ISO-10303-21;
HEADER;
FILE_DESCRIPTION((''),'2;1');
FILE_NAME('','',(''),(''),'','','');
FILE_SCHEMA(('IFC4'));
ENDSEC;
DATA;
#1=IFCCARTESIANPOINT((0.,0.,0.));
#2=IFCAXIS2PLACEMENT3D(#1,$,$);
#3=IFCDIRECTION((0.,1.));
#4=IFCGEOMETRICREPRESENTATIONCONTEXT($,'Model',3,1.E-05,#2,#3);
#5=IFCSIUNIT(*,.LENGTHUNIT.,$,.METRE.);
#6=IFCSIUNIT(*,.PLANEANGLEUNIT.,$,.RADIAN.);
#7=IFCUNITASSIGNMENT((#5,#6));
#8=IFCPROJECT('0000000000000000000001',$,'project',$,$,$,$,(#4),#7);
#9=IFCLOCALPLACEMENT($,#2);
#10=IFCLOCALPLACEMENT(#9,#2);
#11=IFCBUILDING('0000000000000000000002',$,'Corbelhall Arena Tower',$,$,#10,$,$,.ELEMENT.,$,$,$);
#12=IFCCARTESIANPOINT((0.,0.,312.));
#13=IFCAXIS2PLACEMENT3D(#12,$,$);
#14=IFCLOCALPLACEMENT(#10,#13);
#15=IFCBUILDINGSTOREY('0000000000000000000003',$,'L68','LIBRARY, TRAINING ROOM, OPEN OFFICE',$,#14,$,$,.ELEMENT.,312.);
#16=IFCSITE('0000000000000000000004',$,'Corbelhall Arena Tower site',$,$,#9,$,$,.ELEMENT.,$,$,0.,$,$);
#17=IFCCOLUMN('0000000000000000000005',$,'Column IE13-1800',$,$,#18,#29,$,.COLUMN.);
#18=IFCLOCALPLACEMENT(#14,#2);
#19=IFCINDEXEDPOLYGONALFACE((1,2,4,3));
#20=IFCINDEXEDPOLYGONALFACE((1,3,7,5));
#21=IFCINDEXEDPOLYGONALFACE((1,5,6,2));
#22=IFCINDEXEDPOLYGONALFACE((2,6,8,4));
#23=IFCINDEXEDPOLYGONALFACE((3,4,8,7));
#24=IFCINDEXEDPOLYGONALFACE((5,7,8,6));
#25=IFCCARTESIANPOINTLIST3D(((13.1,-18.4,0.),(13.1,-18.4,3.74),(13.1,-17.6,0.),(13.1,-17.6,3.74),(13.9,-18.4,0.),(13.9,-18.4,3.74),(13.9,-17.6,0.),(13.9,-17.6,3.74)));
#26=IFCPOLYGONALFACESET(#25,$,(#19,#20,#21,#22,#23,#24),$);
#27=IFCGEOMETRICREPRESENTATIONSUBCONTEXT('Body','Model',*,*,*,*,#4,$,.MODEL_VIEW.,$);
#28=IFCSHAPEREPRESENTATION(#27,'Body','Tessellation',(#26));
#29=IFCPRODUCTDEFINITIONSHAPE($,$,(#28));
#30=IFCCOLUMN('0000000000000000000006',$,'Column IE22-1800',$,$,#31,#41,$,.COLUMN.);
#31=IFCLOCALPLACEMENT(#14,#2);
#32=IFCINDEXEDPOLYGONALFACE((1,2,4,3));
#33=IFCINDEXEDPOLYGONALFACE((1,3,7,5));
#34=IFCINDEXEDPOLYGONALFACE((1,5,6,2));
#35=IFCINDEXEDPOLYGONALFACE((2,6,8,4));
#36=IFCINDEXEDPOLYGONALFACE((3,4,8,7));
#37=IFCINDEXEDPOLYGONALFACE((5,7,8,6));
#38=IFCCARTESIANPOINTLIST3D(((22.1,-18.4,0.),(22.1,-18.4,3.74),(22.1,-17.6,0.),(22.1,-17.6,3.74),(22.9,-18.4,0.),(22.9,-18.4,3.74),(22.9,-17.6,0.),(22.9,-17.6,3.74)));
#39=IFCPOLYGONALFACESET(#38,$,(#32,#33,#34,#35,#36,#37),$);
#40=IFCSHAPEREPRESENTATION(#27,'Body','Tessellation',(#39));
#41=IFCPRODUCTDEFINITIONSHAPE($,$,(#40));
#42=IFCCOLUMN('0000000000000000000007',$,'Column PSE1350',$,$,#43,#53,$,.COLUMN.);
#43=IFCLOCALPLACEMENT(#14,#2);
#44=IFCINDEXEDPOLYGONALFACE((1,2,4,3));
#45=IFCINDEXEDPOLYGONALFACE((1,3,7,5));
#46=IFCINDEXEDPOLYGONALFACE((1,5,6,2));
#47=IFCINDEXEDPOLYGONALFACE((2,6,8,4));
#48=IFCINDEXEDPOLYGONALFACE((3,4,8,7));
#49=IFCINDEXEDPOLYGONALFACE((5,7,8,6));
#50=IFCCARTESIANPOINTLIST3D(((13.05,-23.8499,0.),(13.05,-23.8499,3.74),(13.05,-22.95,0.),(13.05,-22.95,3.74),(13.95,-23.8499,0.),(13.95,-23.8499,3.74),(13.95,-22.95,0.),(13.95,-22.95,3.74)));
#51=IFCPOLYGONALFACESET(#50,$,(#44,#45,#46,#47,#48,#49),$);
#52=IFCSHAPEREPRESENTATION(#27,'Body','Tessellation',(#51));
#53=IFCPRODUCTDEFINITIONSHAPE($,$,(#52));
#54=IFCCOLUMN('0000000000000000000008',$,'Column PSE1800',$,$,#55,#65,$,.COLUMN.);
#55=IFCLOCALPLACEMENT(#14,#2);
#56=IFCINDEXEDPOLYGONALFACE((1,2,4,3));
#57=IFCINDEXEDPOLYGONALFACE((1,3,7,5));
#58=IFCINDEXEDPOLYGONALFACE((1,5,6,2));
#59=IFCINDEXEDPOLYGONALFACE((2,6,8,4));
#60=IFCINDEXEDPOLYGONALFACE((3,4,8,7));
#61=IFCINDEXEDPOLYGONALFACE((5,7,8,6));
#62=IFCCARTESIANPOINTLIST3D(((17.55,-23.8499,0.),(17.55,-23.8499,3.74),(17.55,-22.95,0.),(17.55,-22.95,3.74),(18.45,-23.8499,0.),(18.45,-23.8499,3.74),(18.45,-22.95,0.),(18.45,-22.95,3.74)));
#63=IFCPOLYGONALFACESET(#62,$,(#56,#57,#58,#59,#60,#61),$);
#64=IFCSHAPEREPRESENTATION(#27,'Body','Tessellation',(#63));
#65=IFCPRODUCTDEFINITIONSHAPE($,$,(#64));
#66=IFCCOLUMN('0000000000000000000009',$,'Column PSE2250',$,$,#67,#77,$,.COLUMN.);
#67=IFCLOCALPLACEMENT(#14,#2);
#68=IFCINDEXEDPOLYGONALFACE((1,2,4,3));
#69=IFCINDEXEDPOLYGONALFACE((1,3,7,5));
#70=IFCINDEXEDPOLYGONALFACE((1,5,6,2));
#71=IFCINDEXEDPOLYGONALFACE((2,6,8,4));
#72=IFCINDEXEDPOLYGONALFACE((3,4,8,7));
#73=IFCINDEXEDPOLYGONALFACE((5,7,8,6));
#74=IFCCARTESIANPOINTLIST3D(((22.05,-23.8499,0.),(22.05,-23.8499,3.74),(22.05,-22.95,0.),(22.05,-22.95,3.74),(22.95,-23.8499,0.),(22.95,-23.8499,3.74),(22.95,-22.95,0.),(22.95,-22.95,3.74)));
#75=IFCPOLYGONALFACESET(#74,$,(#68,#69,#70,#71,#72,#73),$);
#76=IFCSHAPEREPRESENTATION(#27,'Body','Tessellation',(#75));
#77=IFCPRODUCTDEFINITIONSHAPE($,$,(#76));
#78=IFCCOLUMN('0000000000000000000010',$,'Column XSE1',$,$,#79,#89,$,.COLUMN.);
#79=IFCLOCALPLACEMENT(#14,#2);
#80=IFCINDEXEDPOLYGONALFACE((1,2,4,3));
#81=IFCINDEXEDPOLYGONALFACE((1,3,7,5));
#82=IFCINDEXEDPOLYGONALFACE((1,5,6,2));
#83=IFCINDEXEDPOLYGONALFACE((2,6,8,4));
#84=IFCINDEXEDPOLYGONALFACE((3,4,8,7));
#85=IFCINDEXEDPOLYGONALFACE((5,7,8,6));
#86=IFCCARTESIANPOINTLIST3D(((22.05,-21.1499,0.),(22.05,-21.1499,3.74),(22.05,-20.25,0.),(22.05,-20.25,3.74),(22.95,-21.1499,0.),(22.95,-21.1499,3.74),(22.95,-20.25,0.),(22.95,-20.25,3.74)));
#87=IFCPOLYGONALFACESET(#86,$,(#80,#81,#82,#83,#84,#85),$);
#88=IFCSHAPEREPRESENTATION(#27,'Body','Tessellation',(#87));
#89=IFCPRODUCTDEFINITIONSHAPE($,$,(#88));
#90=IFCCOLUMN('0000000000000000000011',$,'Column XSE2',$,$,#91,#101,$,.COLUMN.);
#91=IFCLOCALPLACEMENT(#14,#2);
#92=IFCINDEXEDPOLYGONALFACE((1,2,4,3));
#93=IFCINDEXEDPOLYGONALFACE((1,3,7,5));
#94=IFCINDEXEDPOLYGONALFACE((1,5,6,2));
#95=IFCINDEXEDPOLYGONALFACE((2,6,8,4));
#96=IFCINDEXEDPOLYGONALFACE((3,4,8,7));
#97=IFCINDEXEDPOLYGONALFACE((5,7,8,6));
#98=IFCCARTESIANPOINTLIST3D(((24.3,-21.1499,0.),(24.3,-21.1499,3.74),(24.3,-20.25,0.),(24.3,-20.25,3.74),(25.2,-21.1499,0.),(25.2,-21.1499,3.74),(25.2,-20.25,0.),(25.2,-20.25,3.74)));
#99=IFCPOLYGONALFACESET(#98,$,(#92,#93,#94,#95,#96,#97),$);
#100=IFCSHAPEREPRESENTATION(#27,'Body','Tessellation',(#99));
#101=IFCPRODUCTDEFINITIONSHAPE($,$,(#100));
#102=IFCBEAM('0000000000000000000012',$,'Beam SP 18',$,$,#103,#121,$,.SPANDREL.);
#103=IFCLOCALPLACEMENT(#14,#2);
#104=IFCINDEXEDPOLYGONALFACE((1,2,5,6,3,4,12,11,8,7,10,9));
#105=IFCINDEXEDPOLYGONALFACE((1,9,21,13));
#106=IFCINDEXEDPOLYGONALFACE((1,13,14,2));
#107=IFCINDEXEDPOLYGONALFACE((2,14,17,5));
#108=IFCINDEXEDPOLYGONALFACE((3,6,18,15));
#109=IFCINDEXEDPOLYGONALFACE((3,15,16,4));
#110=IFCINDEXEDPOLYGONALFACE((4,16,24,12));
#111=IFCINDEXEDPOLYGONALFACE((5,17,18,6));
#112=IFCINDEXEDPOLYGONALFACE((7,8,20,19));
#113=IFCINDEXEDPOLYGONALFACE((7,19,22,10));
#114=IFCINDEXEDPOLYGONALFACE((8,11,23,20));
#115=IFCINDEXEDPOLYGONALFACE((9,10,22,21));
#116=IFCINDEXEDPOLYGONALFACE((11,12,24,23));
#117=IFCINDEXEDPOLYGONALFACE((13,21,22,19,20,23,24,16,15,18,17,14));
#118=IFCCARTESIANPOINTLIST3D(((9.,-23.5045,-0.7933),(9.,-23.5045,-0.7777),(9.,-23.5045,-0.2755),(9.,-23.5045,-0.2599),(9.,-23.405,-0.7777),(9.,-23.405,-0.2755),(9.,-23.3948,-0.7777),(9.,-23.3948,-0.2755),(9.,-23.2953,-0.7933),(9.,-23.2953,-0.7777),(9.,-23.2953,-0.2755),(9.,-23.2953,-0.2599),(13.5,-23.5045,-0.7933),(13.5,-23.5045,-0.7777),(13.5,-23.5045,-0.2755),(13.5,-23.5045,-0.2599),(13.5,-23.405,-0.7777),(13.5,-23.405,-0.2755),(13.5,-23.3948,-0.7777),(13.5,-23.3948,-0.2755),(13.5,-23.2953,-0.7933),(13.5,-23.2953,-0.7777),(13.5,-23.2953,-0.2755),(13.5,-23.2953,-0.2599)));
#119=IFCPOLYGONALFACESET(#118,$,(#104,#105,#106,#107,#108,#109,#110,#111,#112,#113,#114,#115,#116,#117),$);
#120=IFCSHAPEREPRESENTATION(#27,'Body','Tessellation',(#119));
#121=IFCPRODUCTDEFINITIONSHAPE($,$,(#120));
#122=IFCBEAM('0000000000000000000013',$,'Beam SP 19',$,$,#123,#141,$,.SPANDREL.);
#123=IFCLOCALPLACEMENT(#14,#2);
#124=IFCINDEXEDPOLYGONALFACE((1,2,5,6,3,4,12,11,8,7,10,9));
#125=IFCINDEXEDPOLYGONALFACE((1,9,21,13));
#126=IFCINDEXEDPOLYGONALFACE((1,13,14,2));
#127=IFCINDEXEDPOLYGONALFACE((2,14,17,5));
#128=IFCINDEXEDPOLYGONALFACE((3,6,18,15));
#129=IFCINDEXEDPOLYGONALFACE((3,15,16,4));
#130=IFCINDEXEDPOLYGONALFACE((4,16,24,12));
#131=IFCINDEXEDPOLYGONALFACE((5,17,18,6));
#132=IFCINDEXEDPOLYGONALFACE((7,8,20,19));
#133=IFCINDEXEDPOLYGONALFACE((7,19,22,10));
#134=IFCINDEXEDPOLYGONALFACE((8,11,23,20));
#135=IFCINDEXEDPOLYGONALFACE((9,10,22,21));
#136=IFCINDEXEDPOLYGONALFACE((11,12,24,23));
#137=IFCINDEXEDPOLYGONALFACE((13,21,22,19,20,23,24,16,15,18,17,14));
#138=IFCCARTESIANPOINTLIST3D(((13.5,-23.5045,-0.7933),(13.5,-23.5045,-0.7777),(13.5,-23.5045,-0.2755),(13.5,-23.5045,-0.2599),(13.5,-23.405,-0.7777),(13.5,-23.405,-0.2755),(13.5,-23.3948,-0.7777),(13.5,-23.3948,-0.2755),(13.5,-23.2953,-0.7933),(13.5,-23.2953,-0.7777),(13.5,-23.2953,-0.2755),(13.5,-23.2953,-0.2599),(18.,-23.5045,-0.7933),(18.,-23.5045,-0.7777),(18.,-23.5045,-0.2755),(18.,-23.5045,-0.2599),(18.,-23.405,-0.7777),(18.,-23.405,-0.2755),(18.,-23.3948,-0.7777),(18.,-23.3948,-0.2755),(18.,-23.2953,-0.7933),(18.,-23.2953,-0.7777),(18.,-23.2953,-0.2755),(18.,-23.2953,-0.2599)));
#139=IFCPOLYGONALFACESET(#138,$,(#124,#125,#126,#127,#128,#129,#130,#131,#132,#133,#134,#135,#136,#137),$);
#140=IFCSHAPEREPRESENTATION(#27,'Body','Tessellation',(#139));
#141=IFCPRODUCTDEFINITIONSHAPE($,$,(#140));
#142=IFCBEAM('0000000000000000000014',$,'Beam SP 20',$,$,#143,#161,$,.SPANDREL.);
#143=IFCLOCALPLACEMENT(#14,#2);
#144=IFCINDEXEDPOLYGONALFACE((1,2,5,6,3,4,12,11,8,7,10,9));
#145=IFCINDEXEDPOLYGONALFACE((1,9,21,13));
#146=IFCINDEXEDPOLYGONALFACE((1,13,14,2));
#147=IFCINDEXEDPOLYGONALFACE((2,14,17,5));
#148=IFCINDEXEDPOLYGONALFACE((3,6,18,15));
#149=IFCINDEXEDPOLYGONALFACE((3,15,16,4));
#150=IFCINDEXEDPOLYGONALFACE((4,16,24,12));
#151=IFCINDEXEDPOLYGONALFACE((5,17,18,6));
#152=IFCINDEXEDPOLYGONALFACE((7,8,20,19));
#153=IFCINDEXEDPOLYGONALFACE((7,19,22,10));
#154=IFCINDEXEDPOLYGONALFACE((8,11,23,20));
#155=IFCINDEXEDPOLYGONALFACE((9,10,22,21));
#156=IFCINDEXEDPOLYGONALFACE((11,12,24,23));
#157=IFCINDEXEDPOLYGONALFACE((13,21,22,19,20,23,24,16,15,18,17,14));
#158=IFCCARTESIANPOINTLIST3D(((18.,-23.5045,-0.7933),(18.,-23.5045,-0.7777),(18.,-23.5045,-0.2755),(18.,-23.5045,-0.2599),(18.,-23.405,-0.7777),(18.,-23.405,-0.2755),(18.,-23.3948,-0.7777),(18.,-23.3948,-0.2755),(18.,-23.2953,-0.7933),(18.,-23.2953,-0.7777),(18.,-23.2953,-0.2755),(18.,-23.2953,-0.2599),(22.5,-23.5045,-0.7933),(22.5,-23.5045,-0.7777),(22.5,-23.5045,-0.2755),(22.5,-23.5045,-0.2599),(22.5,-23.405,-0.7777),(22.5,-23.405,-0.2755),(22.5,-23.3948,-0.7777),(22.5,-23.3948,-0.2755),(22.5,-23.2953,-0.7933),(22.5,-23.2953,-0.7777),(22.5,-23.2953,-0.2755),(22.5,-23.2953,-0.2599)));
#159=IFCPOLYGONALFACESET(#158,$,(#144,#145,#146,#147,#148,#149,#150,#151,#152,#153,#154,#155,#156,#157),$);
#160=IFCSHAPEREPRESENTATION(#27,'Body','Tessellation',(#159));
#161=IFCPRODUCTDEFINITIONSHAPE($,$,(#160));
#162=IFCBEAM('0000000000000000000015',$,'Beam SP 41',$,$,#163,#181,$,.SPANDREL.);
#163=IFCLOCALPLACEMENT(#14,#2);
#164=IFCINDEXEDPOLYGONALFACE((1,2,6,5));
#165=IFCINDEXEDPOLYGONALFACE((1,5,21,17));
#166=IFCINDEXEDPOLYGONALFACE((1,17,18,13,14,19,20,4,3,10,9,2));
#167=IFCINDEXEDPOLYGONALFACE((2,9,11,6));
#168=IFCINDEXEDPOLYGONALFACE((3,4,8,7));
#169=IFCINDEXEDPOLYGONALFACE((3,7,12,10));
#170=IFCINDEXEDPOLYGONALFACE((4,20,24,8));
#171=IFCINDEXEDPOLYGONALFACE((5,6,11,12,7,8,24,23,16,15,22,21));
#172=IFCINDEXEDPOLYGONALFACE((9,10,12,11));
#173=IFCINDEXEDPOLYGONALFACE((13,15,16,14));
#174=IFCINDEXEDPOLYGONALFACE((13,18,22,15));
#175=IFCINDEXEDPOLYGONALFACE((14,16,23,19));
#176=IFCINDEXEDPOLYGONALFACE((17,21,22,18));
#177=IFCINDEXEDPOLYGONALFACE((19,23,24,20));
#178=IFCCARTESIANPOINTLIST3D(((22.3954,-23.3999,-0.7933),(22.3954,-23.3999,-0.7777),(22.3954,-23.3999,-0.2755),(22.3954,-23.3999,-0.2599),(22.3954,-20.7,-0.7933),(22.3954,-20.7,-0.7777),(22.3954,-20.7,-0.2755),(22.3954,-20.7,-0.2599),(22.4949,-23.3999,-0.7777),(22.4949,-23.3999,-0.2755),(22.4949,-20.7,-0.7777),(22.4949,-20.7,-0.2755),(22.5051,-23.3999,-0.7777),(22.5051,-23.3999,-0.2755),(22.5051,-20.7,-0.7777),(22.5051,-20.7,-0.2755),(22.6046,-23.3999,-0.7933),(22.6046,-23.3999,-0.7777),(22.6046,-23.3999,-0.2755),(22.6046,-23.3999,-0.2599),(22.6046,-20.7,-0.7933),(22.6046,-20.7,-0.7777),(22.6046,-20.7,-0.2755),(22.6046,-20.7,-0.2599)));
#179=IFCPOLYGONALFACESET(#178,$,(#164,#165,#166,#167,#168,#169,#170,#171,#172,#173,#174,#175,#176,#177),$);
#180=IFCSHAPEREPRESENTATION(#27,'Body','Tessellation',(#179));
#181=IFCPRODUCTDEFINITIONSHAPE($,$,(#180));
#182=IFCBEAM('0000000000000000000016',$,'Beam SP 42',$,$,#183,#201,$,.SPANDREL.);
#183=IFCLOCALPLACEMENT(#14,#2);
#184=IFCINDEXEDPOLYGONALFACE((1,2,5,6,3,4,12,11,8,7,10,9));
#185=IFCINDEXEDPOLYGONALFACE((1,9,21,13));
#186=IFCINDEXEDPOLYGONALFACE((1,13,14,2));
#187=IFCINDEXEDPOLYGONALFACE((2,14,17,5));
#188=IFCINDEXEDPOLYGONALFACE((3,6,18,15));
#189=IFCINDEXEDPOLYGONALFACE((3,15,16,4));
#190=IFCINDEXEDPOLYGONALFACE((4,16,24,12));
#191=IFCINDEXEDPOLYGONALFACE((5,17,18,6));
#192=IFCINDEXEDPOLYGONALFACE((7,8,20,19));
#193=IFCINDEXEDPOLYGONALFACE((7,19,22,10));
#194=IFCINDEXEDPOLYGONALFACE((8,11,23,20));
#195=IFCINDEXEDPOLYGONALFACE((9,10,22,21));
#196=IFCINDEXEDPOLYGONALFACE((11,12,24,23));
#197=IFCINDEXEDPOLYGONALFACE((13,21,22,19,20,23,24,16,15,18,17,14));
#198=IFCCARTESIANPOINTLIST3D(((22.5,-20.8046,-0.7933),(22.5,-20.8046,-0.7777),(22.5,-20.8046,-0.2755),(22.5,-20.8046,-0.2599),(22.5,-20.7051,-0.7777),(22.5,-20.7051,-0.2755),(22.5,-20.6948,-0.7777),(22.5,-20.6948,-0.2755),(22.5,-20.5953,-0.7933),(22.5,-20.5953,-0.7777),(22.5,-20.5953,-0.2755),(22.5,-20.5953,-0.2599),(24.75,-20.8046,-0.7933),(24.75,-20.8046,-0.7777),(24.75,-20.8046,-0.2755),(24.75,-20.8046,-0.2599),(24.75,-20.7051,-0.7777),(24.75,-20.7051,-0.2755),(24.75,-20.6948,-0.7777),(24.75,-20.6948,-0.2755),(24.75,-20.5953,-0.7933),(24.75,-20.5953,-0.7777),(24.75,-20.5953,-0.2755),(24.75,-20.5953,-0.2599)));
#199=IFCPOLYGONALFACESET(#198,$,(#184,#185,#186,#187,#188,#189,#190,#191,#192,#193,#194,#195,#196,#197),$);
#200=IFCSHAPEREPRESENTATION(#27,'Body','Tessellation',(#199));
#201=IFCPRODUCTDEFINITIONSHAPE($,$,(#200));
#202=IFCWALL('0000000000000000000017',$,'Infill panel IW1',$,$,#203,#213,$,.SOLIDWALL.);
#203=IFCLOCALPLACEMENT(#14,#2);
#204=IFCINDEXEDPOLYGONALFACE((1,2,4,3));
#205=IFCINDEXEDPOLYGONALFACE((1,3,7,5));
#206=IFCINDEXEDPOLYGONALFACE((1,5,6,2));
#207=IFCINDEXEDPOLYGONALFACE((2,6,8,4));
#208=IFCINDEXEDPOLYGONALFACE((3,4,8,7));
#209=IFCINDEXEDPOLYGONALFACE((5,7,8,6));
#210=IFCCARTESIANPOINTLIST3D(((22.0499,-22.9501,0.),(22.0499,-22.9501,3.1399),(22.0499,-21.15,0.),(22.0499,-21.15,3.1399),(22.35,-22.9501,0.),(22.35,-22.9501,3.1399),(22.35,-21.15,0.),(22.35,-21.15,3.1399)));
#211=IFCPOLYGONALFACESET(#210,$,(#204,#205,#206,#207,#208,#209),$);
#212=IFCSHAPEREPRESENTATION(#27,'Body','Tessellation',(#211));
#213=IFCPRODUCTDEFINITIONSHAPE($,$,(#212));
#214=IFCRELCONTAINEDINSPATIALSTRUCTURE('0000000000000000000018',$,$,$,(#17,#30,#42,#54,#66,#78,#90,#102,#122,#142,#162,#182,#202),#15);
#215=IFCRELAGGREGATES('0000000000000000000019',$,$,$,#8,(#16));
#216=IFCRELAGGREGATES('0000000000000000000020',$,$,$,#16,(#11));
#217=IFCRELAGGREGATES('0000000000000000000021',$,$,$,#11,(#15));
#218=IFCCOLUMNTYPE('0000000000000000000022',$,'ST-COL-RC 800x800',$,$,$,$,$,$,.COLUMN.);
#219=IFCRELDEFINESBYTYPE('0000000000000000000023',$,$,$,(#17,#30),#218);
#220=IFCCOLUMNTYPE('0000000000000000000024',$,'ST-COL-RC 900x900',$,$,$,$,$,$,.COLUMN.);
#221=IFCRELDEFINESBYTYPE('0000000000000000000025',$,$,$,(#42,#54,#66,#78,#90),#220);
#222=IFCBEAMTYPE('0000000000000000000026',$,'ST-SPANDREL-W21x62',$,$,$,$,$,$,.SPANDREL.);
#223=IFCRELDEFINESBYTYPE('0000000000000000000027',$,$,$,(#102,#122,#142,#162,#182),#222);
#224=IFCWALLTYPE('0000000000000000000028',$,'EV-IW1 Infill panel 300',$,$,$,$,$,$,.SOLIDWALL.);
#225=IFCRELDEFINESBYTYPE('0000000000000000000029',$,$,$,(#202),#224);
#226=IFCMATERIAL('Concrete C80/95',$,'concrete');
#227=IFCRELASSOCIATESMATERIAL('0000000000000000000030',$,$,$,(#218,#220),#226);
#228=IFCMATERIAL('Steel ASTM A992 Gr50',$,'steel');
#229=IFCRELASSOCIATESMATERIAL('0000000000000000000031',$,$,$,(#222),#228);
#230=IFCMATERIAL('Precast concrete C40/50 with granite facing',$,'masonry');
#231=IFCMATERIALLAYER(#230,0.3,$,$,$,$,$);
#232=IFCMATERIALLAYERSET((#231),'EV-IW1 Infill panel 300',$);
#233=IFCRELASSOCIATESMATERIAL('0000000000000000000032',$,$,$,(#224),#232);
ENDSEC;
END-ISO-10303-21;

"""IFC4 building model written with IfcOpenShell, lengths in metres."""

from ifc_helpers import new_model, si_unit, direction, frame, frame_2d, origin, origin_2d, place, context, subcontext, project, spatial, rectangle, i_section, extrude, material, layer, layer_set, material_profile, profile_set, type_object, element, save


model = new_model("IFC4")

# Units and contexts
model_context = context("Model", 3, precision=1e-05, world=origin(), true_north=direction((0.0, 1.0)))
body_context = subcontext(model_context, "Body", "Model", "MODEL_VIEW")
ifc_project = project(units=[si_unit("LENGTHUNIT", "METRE"), si_unit("PLANEANGLEUNIT", "RADIAN")], contexts=[model_context])

# Site, building, storey
site_placement = place(None, origin())
site = spatial("IfcSite", under=ifc_project, at=site_placement, Name="Corbelhall Arena Tower site", CompositionType="ELEMENT", RefElevation=0.0)
building_placement = place(site_placement, origin())
building = spatial("IfcBuilding", under=site, at=building_placement, Name="Corbelhall Arena Tower", CompositionType="ELEMENT")
storey_placement = place(building_placement, frame((0.0, 0.0, 312.0)))
storey = spatial("IfcBuildingStorey", under=building, at=storey_placement, Name="L68", Description="LIBRARY, TRAINING ROOM, OPEN OFFICE", CompositionType="ELEMENT", Elevation=312.0)

# Columns
ifc_material_1 = material(Name="Concrete C80/95", Category="concrete")
ifc_material_profile_1 = material_profile(ifc_material_1, rectangle(XDim=0.8, YDim=0.8, at=origin_2d()))
ifc_profile_set_1 = profile_set([ifc_material_profile_1], Name="Concrete C80/95")
column_type_1 = type_object("IfcColumnType", Name="ST-COL-RC 800x800", PredefinedType="COLUMN", material=ifc_profile_set_1)
for number, where, z_axis, x_axis, name in (
    (1, (13.5, -18.0, 0.0), (0.0, 0.0, 1.0), (1.0, 0.0, 0.0), "Column IE13-1800"),
    (2, (22.5, -18.0, 0.0), (0.0, 0.0, 1.0), (1.0, 0.0, 0.0), "Column IE22-1800"),
):
    element("IfcColumn", number, at=place(storey_placement, frame(where, z_axis=z_axis, x_axis=x_axis)), inside=storey, type_object=column_type_1, Name=name, PredefinedType="COLUMN", context=body_context, shape_type="SweptSolid", body=[
        extrude(rectangle(XDim=0.8, YDim=0.8, at=origin_2d()), origin(), (0.0, 0.0, 1.0), 3.74),
    ])
ifc_material_profile_2 = material_profile(ifc_material_1, rectangle(XDim=0.8999, YDim=0.8999, at=origin_2d()))
ifc_profile_set_2 = profile_set([ifc_material_profile_2], Name="Concrete C80/95")
column_type_2 = type_object("IfcColumnType", Name="ST-COL-RC 900x900", PredefinedType="COLUMN", material=ifc_profile_set_2)
for number, where, z_axis, x_axis, name in (
    (3, (13.5, -23.3999, 0.0), (0.0, 0.0, 1.0), (1.0, 0.0, 0.0), "Column PSE1350"),
    (4, (18.0, -23.3999, 0.0), (0.0, 0.0, 1.0), (1.0, 0.0, 0.0), "Column PSE1800"),
    (5, (22.5, -23.3999, 0.0), (0.0, 0.0, 1.0), (1.0, 0.0, 0.0), "Column PSE2250"),
    (6, (22.5, -20.7, 0.0), (0.0, 0.0, 1.0), (1.0, 0.0, 0.0), "Column XSE1"),
    (7, (24.75, -20.7, 0.0), (0.0, 0.0, 1.0), (1.0, 0.0, 0.0), "Column XSE2"),
):
    element("IfcColumn", number, at=place(storey_placement, frame(where, z_axis=z_axis, x_axis=x_axis)), inside=storey, type_object=column_type_2, Name=name, PredefinedType="COLUMN", context=body_context, shape_type="SweptSolid", body=[
        extrude(rectangle(XDim=0.8999, YDim=0.8999, at=origin_2d()), origin(), (0.0, 0.0, 1.0), 3.74),
    ])

# Beams
ifc_material_2 = material(Name="Steel ASTM A992 Gr50", Category="steel")
ifc_material_profile_3 = material_profile(ifc_material_2, i_section(OverallWidth=0.2092, OverallDepth=0.5334, WebThickness=0.0103, FlangeThickness=0.0156, at=origin_2d()))
ifc_profile_set_3 = profile_set([ifc_material_profile_3], Name="Steel ASTM A992 Gr50")
beam_type = type_object("IfcBeamType", Name="ST-SPANDREL-W21x62", PredefinedType="SPANDREL", material=ifc_profile_set_3)
for number, where, z_axis, x_axis, name in (
    (8, (13.5, -23.3999, -0.5266), (-1.0, 0.0, 0.0), (0.0, -1.0, 0.0), "Beam SP 18"),
    (9, (18.0, -23.3999, -0.5266), (-1.0, 0.0, 0.0), (0.0, -1.0, 0.0), "Beam SP 19"),
    (10, (22.5, -23.3999, -0.5266), (-1.0, 0.0, 0.0), (0.0, -1.0, 0.0), "Beam SP 20"),
):
    element("IfcBeam", number, at=place(storey_placement, frame(where, z_axis=z_axis, x_axis=x_axis)), inside=storey, type_object=beam_type, Name=name, PredefinedType="SPANDREL", context=body_context, shape_type="SweptSolid", body=[
        extrude(i_section(OverallWidth=0.2092, OverallDepth=0.5334, WebThickness=0.0103, FlangeThickness=0.0156, at=origin_2d()), origin(), (0.0, 0.0, 1.0), 4.5),
    ])
beam_1_placement = place(storey_placement, frame((22.5, -20.7, -0.5266), z_axis=(0.0, -1.0, 0.0), x_axis=(1.0, 0.0, 0.0)))
element("IfcBeam", 11, at=beam_1_placement, inside=storey, type_object=beam_type, Name="Beam SP 41", PredefinedType="SPANDREL", context=body_context, shape_type="SweptSolid", body=[
    extrude(i_section(OverallWidth=0.2092, OverallDepth=0.5334, WebThickness=0.0103, FlangeThickness=0.0156, at=origin_2d()), origin(), (0.0, 0.0, 1.0), 2.7),
])
beam_2_placement = place(storey_placement, frame((24.75, -20.7, -0.5266), z_axis=(-1.0, 0.0, 0.0), x_axis=(0.0, -1.0, 0.0)))
element("IfcBeam", 12, at=beam_2_placement, inside=storey, type_object=beam_type, Name="Beam SP 42", PredefinedType="SPANDREL", context=body_context, shape_type="SweptSolid", body=[
    extrude(i_section(OverallWidth=0.2092, OverallDepth=0.5334, WebThickness=0.0103, FlangeThickness=0.0156, at=origin_2d()), origin(), (0.0, 0.0, 1.0), 2.25),
])

# Shared definitions
ifc_material_3 = material(Name="Precast concrete C40/50 with granite facing", Category="masonry")
ifc_layer_1 = layer(ifc_material_3, 0.3)
ifc_layer_set_1 = layer_set([ifc_layer_1], Name="EV-IW1 Infill panel 300")
wall_type_1 = type_object("IfcWallType", Name="EV-IW1 Infill panel 300", PredefinedType="SOLIDWALL", material=ifc_layer_set_1)

# Wall
wall_1_placement = place(storey_placement, frame((22.2, -22.95, 0.0), z_axis=(0.0, 0.0, 1.0), x_axis=(0.0, 1.0, 0.0)))
element("IfcWall", 13, at=wall_1_placement, inside=storey, type_object=wall_type_1, Name="Infill panel IW1", PredefinedType="SOLIDWALL", context=body_context, shape_type="SweptSolid", body=[
    extrude(rectangle(XDim=1.8, YDim=0.3, at=frame_2d((0.8999, 0.0))), origin(), (0.0, 0.0, 1.0), 3.1399),
])

save(model, "model.ifc")
